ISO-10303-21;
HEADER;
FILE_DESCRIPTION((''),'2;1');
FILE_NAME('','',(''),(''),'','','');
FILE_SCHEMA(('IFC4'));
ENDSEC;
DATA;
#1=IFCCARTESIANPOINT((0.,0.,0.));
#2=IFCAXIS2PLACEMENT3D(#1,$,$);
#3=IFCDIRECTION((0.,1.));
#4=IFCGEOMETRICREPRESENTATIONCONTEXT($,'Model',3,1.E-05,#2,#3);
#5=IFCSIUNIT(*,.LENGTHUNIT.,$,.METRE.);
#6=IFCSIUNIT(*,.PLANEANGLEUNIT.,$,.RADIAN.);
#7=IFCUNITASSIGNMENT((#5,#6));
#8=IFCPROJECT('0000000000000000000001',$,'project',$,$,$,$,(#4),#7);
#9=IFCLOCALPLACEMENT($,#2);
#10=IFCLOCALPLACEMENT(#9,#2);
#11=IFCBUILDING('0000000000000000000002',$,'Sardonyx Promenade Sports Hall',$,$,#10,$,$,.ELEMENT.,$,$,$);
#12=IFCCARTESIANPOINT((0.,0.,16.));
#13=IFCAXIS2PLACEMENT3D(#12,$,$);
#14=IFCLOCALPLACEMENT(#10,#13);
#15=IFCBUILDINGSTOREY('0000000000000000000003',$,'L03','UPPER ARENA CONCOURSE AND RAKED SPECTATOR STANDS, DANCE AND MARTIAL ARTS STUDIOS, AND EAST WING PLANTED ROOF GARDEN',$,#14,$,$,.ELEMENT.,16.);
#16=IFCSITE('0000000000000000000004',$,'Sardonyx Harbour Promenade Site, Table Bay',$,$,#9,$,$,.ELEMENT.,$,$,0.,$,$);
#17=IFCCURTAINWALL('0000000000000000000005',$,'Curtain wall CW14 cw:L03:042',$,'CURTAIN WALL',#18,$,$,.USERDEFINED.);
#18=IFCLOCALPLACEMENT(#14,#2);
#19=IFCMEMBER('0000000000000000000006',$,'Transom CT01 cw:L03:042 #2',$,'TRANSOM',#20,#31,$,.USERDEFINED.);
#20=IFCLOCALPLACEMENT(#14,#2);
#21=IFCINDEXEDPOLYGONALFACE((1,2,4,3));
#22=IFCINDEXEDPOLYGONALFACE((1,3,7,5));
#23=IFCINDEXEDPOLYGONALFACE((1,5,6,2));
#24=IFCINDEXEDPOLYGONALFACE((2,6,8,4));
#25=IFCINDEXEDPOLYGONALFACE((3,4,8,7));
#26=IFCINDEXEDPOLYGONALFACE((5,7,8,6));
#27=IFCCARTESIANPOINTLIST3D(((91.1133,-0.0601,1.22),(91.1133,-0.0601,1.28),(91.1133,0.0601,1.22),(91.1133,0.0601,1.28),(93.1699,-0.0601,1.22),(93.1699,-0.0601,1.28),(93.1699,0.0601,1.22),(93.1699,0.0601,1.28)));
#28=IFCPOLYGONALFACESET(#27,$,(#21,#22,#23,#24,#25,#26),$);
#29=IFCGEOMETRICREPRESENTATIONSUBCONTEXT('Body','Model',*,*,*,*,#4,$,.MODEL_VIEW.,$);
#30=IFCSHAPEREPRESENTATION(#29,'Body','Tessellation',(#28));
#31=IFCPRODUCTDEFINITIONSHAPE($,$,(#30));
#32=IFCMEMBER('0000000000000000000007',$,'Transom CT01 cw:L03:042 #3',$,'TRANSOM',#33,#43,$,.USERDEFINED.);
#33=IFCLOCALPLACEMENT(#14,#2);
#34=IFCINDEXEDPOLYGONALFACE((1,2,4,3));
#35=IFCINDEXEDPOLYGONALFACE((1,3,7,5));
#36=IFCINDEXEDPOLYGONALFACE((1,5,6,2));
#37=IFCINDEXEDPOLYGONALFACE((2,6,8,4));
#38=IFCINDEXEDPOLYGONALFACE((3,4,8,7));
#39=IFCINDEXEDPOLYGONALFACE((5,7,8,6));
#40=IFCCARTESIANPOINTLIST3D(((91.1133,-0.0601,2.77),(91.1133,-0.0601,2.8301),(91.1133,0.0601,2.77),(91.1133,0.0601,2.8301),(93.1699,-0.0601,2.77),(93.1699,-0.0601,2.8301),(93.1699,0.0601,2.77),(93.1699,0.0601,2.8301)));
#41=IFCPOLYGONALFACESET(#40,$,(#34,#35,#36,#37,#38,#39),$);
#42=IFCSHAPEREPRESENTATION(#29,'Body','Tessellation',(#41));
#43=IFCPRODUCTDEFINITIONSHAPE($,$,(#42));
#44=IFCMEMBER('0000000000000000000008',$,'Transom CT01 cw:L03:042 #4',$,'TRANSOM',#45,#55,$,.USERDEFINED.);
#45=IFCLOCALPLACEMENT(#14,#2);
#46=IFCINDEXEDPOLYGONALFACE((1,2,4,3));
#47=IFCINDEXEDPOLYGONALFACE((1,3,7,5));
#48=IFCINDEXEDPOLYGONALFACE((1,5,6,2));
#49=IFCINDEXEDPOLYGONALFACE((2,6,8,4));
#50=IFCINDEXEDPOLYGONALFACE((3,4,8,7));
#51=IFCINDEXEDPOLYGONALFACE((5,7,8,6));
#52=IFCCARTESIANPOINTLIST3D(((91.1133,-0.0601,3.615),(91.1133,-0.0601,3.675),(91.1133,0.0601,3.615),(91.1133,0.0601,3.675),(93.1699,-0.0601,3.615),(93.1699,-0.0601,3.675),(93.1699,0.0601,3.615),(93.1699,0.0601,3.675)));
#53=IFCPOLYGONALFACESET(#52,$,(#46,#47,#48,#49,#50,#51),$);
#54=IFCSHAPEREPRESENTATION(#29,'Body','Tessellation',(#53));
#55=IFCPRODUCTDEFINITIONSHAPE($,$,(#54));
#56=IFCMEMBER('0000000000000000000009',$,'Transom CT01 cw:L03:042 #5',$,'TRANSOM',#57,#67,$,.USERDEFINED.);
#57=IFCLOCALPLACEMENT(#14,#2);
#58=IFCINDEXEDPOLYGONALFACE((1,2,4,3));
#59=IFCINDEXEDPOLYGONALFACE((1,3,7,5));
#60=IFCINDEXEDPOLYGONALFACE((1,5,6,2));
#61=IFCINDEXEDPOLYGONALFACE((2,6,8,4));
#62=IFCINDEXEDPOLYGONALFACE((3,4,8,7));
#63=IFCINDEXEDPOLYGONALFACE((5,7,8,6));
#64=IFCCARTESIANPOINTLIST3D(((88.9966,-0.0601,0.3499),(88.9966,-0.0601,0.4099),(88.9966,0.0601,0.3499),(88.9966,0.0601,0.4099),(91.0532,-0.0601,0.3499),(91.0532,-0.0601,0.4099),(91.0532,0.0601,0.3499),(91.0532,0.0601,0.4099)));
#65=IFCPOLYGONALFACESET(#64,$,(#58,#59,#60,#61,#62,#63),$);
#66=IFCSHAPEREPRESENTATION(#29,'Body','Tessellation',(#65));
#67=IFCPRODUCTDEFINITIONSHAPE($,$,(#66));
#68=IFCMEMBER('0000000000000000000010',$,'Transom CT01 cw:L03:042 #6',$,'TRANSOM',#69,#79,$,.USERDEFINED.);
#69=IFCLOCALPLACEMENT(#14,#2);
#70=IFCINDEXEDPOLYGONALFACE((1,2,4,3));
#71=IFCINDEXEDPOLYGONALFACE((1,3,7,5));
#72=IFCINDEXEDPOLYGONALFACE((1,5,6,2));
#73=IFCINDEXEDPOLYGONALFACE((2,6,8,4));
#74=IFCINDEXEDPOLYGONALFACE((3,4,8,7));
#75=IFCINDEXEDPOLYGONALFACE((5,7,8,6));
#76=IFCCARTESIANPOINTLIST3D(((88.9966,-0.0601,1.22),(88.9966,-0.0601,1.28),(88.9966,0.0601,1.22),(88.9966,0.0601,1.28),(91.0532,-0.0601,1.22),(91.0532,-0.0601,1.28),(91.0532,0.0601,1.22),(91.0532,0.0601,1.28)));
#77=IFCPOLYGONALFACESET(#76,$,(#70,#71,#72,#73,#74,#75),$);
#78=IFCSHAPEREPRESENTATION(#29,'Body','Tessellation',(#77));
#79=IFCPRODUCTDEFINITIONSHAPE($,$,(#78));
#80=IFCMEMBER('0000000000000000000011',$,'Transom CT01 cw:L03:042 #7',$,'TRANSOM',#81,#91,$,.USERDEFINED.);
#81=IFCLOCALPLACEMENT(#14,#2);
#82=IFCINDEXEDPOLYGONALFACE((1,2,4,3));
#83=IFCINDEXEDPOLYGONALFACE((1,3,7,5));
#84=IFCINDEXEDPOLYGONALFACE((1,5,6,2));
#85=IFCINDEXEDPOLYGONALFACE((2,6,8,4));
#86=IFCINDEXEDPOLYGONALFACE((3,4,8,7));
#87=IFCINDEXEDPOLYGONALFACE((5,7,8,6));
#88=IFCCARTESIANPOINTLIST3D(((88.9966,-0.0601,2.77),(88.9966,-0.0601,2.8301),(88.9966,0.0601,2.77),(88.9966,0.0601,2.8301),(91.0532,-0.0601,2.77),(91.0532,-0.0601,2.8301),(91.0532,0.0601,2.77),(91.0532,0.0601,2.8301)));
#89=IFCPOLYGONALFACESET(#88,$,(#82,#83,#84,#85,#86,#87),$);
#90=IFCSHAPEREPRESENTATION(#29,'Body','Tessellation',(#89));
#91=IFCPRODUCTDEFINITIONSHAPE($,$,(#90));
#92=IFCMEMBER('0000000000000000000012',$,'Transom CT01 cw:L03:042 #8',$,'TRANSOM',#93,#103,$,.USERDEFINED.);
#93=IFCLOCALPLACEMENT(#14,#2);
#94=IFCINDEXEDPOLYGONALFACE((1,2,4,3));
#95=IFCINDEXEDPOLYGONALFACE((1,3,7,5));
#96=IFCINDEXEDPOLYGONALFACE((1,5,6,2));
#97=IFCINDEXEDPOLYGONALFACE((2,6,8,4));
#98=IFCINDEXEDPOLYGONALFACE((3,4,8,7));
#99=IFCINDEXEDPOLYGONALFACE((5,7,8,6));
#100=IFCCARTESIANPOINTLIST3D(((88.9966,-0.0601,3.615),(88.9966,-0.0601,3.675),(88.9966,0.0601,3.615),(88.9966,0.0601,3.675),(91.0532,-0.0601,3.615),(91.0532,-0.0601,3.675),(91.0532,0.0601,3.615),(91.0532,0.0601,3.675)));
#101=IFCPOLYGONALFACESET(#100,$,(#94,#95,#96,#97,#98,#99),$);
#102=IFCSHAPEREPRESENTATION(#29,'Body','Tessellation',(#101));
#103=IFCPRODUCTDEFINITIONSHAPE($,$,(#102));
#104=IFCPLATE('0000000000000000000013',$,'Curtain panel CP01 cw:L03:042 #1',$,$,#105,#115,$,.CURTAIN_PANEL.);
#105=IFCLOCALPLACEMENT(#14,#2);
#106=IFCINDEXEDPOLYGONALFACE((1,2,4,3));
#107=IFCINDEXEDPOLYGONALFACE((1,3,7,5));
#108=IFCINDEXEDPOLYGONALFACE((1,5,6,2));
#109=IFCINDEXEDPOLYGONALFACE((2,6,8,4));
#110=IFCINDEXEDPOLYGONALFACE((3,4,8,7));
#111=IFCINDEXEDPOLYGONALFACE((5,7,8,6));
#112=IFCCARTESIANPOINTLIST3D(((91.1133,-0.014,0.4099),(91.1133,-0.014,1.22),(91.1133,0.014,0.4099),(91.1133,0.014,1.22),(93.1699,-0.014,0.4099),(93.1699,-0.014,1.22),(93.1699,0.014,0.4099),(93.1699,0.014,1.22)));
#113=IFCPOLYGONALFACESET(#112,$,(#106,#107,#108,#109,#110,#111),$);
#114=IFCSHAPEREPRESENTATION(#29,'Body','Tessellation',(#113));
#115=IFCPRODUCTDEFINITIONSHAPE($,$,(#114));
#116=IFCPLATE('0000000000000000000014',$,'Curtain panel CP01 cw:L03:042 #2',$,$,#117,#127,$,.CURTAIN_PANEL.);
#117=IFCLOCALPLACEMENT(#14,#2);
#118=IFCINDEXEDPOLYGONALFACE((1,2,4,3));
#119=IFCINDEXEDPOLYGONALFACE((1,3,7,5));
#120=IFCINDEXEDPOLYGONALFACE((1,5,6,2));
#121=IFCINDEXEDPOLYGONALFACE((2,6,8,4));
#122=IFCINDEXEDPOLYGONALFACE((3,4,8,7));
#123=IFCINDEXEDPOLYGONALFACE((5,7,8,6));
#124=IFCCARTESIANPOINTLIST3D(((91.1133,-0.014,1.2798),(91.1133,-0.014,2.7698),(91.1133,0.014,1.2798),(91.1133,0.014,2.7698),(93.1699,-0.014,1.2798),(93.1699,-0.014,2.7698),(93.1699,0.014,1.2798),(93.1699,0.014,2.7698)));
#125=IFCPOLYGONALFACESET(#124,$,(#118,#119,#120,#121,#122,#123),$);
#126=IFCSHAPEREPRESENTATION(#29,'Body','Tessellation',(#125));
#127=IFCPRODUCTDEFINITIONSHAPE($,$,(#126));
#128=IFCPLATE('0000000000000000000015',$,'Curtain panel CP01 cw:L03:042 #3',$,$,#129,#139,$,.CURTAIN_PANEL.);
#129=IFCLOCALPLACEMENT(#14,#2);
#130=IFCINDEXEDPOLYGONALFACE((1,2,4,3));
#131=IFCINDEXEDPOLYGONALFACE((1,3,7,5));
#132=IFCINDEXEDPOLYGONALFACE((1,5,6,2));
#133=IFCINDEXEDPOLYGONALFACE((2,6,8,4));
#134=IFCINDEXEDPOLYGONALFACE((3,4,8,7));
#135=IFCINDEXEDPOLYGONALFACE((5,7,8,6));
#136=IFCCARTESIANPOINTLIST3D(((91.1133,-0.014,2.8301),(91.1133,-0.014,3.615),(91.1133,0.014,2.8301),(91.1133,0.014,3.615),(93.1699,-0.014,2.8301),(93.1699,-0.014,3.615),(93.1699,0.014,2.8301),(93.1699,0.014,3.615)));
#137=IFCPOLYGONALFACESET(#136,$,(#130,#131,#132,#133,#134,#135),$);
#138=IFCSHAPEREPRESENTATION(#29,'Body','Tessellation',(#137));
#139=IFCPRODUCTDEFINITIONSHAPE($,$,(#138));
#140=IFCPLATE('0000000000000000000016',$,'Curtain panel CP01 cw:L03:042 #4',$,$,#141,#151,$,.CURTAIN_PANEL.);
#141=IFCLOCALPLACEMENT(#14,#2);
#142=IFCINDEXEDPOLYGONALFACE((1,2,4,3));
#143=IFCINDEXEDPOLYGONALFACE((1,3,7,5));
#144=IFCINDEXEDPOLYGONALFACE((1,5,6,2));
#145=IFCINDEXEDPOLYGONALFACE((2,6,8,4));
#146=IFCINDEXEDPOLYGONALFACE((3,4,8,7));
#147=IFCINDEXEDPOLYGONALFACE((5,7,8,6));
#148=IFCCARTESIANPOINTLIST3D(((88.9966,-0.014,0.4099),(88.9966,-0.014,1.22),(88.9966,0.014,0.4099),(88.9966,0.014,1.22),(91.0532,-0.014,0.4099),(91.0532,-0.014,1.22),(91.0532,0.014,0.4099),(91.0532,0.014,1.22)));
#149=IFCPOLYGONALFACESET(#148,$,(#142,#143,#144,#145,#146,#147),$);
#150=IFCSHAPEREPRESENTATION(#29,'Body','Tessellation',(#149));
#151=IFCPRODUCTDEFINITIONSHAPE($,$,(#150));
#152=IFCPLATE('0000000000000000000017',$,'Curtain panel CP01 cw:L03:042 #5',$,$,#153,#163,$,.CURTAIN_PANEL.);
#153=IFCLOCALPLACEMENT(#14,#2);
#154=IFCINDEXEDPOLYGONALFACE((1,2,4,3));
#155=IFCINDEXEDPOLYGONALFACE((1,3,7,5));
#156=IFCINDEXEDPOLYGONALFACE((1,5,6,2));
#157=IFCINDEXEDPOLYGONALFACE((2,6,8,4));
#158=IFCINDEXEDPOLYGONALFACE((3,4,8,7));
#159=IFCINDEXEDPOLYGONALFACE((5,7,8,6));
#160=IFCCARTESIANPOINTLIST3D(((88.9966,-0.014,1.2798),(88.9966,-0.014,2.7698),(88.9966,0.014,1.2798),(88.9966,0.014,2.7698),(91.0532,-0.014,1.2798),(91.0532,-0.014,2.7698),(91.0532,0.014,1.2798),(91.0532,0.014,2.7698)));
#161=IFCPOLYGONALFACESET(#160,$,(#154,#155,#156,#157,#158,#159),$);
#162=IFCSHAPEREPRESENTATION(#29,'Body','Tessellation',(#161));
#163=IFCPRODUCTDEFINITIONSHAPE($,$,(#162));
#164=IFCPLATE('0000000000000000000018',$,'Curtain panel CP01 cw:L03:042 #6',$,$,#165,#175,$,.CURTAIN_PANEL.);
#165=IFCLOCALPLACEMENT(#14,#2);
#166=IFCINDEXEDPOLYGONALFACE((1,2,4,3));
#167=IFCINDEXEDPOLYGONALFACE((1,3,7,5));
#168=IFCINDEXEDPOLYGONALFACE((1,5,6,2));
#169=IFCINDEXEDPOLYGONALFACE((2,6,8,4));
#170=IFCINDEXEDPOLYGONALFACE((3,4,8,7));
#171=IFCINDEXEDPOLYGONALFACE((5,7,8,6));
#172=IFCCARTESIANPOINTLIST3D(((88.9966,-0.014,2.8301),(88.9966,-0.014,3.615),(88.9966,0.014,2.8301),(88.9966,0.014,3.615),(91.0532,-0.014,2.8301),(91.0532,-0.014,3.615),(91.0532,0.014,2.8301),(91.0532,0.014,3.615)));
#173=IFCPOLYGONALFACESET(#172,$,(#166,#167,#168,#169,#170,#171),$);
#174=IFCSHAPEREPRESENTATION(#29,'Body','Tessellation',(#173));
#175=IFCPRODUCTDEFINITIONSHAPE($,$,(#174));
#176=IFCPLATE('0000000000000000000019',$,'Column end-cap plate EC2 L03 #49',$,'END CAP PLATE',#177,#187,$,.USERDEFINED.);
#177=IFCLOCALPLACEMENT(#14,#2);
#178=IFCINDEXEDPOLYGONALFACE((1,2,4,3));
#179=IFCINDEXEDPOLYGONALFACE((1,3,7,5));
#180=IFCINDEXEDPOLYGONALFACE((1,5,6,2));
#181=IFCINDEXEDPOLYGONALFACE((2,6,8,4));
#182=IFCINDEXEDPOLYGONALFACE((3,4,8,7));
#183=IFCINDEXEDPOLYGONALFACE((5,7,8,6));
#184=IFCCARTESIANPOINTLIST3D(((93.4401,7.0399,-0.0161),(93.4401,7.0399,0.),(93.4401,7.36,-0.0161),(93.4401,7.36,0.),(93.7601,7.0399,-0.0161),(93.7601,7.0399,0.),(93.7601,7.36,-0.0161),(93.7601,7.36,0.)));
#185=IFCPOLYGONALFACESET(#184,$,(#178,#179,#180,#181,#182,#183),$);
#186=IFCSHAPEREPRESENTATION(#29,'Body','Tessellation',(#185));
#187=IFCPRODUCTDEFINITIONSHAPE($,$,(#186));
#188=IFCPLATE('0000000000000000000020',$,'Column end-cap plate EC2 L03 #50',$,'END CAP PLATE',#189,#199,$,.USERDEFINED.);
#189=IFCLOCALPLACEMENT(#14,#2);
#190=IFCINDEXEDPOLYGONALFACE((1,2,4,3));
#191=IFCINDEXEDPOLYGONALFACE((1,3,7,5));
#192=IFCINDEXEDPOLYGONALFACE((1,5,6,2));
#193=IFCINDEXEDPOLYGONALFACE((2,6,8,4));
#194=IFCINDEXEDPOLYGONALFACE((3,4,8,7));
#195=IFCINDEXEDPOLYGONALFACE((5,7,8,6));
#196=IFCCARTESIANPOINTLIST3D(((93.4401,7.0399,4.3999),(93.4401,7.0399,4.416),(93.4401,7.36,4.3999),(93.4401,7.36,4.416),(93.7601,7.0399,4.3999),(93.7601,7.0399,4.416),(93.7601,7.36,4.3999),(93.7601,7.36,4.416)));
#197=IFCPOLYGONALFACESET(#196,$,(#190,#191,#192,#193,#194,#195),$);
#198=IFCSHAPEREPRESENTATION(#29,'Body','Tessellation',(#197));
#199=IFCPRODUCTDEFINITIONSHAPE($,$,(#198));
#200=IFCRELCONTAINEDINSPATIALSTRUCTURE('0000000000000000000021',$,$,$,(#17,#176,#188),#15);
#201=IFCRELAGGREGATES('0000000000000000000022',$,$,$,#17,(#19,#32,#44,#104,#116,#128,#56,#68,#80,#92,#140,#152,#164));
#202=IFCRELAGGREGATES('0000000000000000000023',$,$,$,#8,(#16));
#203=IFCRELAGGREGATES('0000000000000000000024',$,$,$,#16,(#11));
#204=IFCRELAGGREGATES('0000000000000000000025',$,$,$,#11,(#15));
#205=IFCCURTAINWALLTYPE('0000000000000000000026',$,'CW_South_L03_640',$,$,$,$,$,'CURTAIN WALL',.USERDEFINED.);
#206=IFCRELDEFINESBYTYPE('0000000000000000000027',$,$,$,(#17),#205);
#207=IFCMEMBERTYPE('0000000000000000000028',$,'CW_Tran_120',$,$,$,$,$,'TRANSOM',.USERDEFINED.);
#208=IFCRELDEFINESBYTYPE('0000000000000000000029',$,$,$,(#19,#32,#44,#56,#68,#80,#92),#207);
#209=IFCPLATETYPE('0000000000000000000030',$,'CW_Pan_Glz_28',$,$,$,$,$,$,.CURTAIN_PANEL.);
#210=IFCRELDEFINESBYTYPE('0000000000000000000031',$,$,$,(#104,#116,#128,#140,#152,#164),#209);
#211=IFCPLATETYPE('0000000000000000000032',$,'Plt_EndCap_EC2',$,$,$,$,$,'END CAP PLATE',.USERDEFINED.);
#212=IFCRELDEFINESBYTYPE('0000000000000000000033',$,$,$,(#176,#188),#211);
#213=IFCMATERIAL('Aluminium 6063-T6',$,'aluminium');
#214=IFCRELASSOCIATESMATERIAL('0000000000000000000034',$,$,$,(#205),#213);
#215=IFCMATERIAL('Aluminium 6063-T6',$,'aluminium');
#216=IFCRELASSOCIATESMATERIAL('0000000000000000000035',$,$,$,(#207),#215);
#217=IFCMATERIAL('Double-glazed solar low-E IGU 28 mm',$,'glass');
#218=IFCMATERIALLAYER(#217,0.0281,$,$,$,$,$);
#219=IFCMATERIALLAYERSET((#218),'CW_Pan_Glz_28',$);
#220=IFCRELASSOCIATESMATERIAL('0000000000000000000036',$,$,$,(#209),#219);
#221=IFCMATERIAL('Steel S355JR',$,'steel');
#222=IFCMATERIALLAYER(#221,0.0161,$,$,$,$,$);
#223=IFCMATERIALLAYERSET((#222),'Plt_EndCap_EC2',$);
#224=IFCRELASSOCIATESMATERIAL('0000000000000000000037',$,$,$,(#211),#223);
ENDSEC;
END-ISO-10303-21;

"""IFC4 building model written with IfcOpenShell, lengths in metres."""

from ifc_helpers import new_model, si_unit, direction, frame, origin, origin_2d, place, context, subcontext, project, spatial, rectangle, extrude, material, layer, layer_set, material_profile, profile_set, type_object, element, aggregate, save


model = new_model("IFC4")

# Units and contexts
model_context = context("Model", 3, precision=1e-05, world=origin(), true_north=direction((0.0, 1.0)))
body_context = subcontext(model_context, "Body", "Model", "MODEL_VIEW")
ifc_project = project(units=[si_unit("LENGTHUNIT", "METRE"), si_unit("PLANEANGLEUNIT", "RADIAN")], contexts=[model_context])

# Site, building, storey
site_placement = place(None, origin())
site = spatial("IfcSite", under=ifc_project, at=site_placement, Name="Sardonyx Harbour Promenade Site, Table Bay", CompositionType="ELEMENT", RefElevation=0.0)
building_placement = place(site_placement, origin())
building = spatial("IfcBuilding", under=site, at=building_placement, Name="Sardonyx Promenade Sports Hall", CompositionType="ELEMENT")
storey_placement = place(building_placement, frame((0.0, 0.0, 16.0)))
storey = spatial("IfcBuildingStorey", under=building, at=storey_placement, Name="L03", Description="UPPER ARENA CONCOURSE AND RAKED SPECTATOR STANDS, DANCE AND MARTIAL ARTS STUDIOS, AND EAST WING PLANTED ROOF GARDEN", CompositionType="ELEMENT", Elevation=16.0)

# Curtain wall, members, plates
ifc_material_1 = material(Name="Aluminium 6063-T6", Category="aluminium")
curtain_wall_type = type_object("IfcCurtainWallType", Name="CW_South_L03_640", ElementType="CURTAIN WALL", PredefinedType="USERDEFINED", material=ifc_material_1)
curtain_wall_placement = place(storey_placement, origin())
curtain_wall = element("IfcCurtainWall", 1, at=curtain_wall_placement, inside=storey, type_object=curtain_wall_type, Name="Curtain wall CW14 cw:L03:042", ObjectType="CURTAIN WALL", PredefinedType="USERDEFINED")
ifc_material_2 = material(Name="Aluminium 6063-T6", Category="aluminium")
ifc_material_profile_1 = material_profile(ifc_material_2, rectangle(XDim=0.0601, YDim=0.1201, at=origin_2d()))
ifc_profile_set_1 = profile_set([ifc_material_profile_1], Name="Aluminium 6063-T6")
member_type_1 = type_object("IfcMemberType", Name="CW_Tran_120", ElementType="TRANSOM", PredefinedType="USERDEFINED", material=ifc_profile_set_1)
member_1_placement = place(storey_placement, frame((93.1699, 0.0, 1.25), z_axis=(-1.0, 0.0, 0.0), x_axis=(0.0, 0.0, 1.0)))
member_1 = element("IfcMember", 2, at=member_1_placement, type_object=member_type_1, Name="Transom CT01 cw:L03:042 #2", ObjectType="TRANSOM", PredefinedType="USERDEFINED", context=body_context, shape_type="SweptSolid", body=[
    extrude(rectangle(XDim=0.0601, YDim=0.1201, at=origin_2d()), origin(), (0.0, 0.0, 1.0), 2.0566),
])
member_2_placement = place(storey_placement, frame((93.1699, 0.0, 2.8), z_axis=(-1.0, 0.0, 0.0), x_axis=(0.0, 0.0, 1.0)))
member_2 = element("IfcMember", 3, at=member_2_placement, type_object=member_type_1, Name="Transom CT01 cw:L03:042 #3", ObjectType="TRANSOM", PredefinedType="USERDEFINED", context=body_context, shape_type="SweptSolid", body=[
    extrude(rectangle(XDim=0.0601, YDim=0.1201, at=origin_2d()), origin(), (0.0, 0.0, 1.0), 2.0566),
])
member_3_placement = place(storey_placement, frame((93.1699, 0.0, 3.645), z_axis=(-1.0, 0.0, 0.0), x_axis=(0.0, 0.0, 1.0)))
member_3 = element("IfcMember", 4, at=member_3_placement, type_object=member_type_1, Name="Transom CT01 cw:L03:042 #4", ObjectType="TRANSOM", PredefinedType="USERDEFINED", context=body_context, shape_type="SweptSolid", body=[
    extrude(rectangle(XDim=0.0601, YDim=0.1201, at=origin_2d()), origin(), (0.0, 0.0, 1.0), 2.0566),
])
member_4_placement = place(storey_placement, frame((91.0532, 0.0, 0.3799), z_axis=(-1.0, 0.0, 0.0), x_axis=(0.0, 0.0, 1.0)))
member_4 = element("IfcMember", 5, at=member_4_placement, type_object=member_type_1, Name="Transom CT01 cw:L03:042 #5", ObjectType="TRANSOM", PredefinedType="USERDEFINED", context=body_context, shape_type="SweptSolid", body=[
    extrude(rectangle(XDim=0.0601, YDim=0.1201, at=origin_2d()), origin(), (0.0, 0.0, 1.0), 2.0566),
])
member_5_placement = place(storey_placement, frame((91.0532, 0.0, 1.25), z_axis=(-1.0, 0.0, 0.0), x_axis=(0.0, 0.0, 1.0)))
member_5 = element("IfcMember", 6, at=member_5_placement, type_object=member_type_1, Name="Transom CT01 cw:L03:042 #6", ObjectType="TRANSOM", PredefinedType="USERDEFINED", context=body_context, shape_type="SweptSolid", body=[
    extrude(rectangle(XDim=0.0601, YDim=0.1201, at=origin_2d()), origin(), (0.0, 0.0, 1.0), 2.0566),
])
member_6_placement = place(storey_placement, frame((91.0532, 0.0, 2.8), z_axis=(-1.0, 0.0, 0.0), x_axis=(0.0, 0.0, 1.0)))
member_6 = element("IfcMember", 7, at=member_6_placement, type_object=member_type_1, Name="Transom CT01 cw:L03:042 #7", ObjectType="TRANSOM", PredefinedType="USERDEFINED", context=body_context, shape_type="SweptSolid", body=[
    extrude(rectangle(XDim=0.0601, YDim=0.1201, at=origin_2d()), origin(), (0.0, 0.0, 1.0), 2.0566),
])
member_7_placement = place(storey_placement, frame((91.0532, 0.0, 3.645), z_axis=(-1.0, 0.0, 0.0), x_axis=(0.0, 0.0, 1.0)))
member_7 = element("IfcMember", 8, at=member_7_placement, type_object=member_type_1, Name="Transom CT01 cw:L03:042 #8", ObjectType="TRANSOM", PredefinedType="USERDEFINED", context=body_context, shape_type="SweptSolid", body=[
    extrude(rectangle(XDim=0.0601, YDim=0.1201, at=origin_2d()), origin(), (0.0, 0.0, 1.0), 2.0566),
])
ifc_material_3 = material(Name="Double-glazed solar low-E IGU 28 mm", Category="glass")
ifc_layer_1 = layer(ifc_material_3, 0.0281)
ifc_layer_set_1 = layer_set([ifc_layer_1], Name="CW_Pan_Glz_28")
plate_type_1 = type_object("IfcPlateType", Name="CW_Pan_Glz_28", PredefinedType="CURTAIN_PANEL", material=ifc_layer_set_1)
plate_1_placement = place(storey_placement, frame((92.1416, 0.0, 0.4099), z_axis=(0.0, 0.0, 1.0), x_axis=(-1.0, 0.0, 0.0)))
plate_1 = element("IfcPlate", 9, at=plate_1_placement, type_object=plate_type_1, Name="Curtain panel CP01 cw:L03:042 #1", PredefinedType="CURTAIN_PANEL", context=body_context, shape_type="SweptSolid", body=[
    extrude(rectangle(XDim=2.0566, YDim=0.0281, at=origin_2d()), origin(), (0.0, 0.0, 1.0), 0.8101),
])
plate_2_placement = place(storey_placement, frame((92.1416, 0.0, 1.2798), z_axis=(0.0, 0.0, 1.0), x_axis=(-1.0, 0.0, 0.0)))
plate_2 = element("IfcPlate", 10, at=plate_2_placement, type_object=plate_type_1, Name="Curtain panel CP01 cw:L03:042 #2", PredefinedType="CURTAIN_PANEL", context=body_context, shape_type="SweptSolid", body=[
    extrude(rectangle(XDim=2.0566, YDim=0.0281, at=origin_2d()), origin(), (0.0, 0.0, 1.0), 1.49),
])
plate_3_placement = place(storey_placement, frame((92.1416, 0.0, 2.8301), z_axis=(0.0, 0.0, 1.0), x_axis=(-1.0, 0.0, 0.0)))
plate_3 = element("IfcPlate", 11, at=plate_3_placement, type_object=plate_type_1, Name="Curtain panel CP01 cw:L03:042 #3", PredefinedType="CURTAIN_PANEL", context=body_context, shape_type="SweptSolid", body=[
    extrude(rectangle(XDim=2.0566, YDim=0.0281, at=origin_2d()), origin(), (0.0, 0.0, 1.0), 0.7849),
])
plate_4_placement = place(storey_placement, frame((90.0249, 0.0, 0.4099), z_axis=(0.0, 0.0, 1.0), x_axis=(-1.0, 0.0, 0.0)))
plate_4 = element("IfcPlate", 12, at=plate_4_placement, type_object=plate_type_1, Name="Curtain panel CP01 cw:L03:042 #4", PredefinedType="CURTAIN_PANEL", context=body_context, shape_type="SweptSolid", body=[
    extrude(rectangle(XDim=2.0566, YDim=0.0281, at=origin_2d()), origin(), (0.0, 0.0, 1.0), 0.8101),
])
plate_5_placement = place(storey_placement, frame((90.0249, 0.0, 1.2798), z_axis=(0.0, 0.0, 1.0), x_axis=(-1.0, 0.0, 0.0)))
plate_5 = element("IfcPlate", 13, at=plate_5_placement, type_object=plate_type_1, Name="Curtain panel CP01 cw:L03:042 #5", PredefinedType="CURTAIN_PANEL", context=body_context, shape_type="SweptSolid", body=[
    extrude(rectangle(XDim=2.0566, YDim=0.0281, at=origin_2d()), origin(), (0.0, 0.0, 1.0), 1.49),
])
plate_6_placement = place(storey_placement, frame((90.0249, 0.0, 2.8301), z_axis=(0.0, 0.0, 1.0), x_axis=(-1.0, 0.0, 0.0)))
plate_6 = element("IfcPlate", 14, at=plate_6_placement, type_object=plate_type_1, Name="Curtain panel CP01 cw:L03:042 #6", PredefinedType="CURTAIN_PANEL", context=body_context, shape_type="SweptSolid", body=[
    extrude(rectangle(XDim=2.0566, YDim=0.0281, at=origin_2d()), origin(), (0.0, 0.0, 1.0), 0.7849),
])
aggregate(curtain_wall, [member_1, member_2, member_3, plate_1, plate_2, plate_3, member_4, member_5, member_6, member_7, plate_4, plate_5, plate_6])

# Plates
ifc_material_4 = material(Name="Steel S355JR", Category="steel")
ifc_layer_2 = layer(ifc_material_4, 0.0161)
ifc_layer_set_2 = layer_set([ifc_layer_2], Name="Plt_EndCap_EC2")
plate_type_2 = type_object("IfcPlateType", Name="Plt_EndCap_EC2", ElementType="END CAP PLATE", PredefinedType="USERDEFINED", material=ifc_layer_set_2)
for number, where, z_axis, x_axis, name in (
    (15, (93.6001, 7.2, -0.0161), (0.0, 0.0, 1.0), (1.0, 0.0, 0.0), "Column end-cap plate EC2 L03 #49"),
    (16, (93.6001, 7.2, 4.3999), (0.0, 0.0, 1.0), (1.0, 0.0, 0.0), "Column end-cap plate EC2 L03 #50"),
):
    element("IfcPlate", number, at=place(storey_placement, frame(where, z_axis=z_axis, x_axis=x_axis)), inside=storey, type_object=plate_type_2, Name=name, ObjectType="END CAP PLATE", PredefinedType="USERDEFINED", context=body_context, shape_type="SweptSolid", body=[
        extrude(rectangle(XDim=0.3201, YDim=0.3201, at=origin_2d()), origin(), (0.0, 0.0, 1.0), 0.0161),
    ])

save(model, "model.ifc")
